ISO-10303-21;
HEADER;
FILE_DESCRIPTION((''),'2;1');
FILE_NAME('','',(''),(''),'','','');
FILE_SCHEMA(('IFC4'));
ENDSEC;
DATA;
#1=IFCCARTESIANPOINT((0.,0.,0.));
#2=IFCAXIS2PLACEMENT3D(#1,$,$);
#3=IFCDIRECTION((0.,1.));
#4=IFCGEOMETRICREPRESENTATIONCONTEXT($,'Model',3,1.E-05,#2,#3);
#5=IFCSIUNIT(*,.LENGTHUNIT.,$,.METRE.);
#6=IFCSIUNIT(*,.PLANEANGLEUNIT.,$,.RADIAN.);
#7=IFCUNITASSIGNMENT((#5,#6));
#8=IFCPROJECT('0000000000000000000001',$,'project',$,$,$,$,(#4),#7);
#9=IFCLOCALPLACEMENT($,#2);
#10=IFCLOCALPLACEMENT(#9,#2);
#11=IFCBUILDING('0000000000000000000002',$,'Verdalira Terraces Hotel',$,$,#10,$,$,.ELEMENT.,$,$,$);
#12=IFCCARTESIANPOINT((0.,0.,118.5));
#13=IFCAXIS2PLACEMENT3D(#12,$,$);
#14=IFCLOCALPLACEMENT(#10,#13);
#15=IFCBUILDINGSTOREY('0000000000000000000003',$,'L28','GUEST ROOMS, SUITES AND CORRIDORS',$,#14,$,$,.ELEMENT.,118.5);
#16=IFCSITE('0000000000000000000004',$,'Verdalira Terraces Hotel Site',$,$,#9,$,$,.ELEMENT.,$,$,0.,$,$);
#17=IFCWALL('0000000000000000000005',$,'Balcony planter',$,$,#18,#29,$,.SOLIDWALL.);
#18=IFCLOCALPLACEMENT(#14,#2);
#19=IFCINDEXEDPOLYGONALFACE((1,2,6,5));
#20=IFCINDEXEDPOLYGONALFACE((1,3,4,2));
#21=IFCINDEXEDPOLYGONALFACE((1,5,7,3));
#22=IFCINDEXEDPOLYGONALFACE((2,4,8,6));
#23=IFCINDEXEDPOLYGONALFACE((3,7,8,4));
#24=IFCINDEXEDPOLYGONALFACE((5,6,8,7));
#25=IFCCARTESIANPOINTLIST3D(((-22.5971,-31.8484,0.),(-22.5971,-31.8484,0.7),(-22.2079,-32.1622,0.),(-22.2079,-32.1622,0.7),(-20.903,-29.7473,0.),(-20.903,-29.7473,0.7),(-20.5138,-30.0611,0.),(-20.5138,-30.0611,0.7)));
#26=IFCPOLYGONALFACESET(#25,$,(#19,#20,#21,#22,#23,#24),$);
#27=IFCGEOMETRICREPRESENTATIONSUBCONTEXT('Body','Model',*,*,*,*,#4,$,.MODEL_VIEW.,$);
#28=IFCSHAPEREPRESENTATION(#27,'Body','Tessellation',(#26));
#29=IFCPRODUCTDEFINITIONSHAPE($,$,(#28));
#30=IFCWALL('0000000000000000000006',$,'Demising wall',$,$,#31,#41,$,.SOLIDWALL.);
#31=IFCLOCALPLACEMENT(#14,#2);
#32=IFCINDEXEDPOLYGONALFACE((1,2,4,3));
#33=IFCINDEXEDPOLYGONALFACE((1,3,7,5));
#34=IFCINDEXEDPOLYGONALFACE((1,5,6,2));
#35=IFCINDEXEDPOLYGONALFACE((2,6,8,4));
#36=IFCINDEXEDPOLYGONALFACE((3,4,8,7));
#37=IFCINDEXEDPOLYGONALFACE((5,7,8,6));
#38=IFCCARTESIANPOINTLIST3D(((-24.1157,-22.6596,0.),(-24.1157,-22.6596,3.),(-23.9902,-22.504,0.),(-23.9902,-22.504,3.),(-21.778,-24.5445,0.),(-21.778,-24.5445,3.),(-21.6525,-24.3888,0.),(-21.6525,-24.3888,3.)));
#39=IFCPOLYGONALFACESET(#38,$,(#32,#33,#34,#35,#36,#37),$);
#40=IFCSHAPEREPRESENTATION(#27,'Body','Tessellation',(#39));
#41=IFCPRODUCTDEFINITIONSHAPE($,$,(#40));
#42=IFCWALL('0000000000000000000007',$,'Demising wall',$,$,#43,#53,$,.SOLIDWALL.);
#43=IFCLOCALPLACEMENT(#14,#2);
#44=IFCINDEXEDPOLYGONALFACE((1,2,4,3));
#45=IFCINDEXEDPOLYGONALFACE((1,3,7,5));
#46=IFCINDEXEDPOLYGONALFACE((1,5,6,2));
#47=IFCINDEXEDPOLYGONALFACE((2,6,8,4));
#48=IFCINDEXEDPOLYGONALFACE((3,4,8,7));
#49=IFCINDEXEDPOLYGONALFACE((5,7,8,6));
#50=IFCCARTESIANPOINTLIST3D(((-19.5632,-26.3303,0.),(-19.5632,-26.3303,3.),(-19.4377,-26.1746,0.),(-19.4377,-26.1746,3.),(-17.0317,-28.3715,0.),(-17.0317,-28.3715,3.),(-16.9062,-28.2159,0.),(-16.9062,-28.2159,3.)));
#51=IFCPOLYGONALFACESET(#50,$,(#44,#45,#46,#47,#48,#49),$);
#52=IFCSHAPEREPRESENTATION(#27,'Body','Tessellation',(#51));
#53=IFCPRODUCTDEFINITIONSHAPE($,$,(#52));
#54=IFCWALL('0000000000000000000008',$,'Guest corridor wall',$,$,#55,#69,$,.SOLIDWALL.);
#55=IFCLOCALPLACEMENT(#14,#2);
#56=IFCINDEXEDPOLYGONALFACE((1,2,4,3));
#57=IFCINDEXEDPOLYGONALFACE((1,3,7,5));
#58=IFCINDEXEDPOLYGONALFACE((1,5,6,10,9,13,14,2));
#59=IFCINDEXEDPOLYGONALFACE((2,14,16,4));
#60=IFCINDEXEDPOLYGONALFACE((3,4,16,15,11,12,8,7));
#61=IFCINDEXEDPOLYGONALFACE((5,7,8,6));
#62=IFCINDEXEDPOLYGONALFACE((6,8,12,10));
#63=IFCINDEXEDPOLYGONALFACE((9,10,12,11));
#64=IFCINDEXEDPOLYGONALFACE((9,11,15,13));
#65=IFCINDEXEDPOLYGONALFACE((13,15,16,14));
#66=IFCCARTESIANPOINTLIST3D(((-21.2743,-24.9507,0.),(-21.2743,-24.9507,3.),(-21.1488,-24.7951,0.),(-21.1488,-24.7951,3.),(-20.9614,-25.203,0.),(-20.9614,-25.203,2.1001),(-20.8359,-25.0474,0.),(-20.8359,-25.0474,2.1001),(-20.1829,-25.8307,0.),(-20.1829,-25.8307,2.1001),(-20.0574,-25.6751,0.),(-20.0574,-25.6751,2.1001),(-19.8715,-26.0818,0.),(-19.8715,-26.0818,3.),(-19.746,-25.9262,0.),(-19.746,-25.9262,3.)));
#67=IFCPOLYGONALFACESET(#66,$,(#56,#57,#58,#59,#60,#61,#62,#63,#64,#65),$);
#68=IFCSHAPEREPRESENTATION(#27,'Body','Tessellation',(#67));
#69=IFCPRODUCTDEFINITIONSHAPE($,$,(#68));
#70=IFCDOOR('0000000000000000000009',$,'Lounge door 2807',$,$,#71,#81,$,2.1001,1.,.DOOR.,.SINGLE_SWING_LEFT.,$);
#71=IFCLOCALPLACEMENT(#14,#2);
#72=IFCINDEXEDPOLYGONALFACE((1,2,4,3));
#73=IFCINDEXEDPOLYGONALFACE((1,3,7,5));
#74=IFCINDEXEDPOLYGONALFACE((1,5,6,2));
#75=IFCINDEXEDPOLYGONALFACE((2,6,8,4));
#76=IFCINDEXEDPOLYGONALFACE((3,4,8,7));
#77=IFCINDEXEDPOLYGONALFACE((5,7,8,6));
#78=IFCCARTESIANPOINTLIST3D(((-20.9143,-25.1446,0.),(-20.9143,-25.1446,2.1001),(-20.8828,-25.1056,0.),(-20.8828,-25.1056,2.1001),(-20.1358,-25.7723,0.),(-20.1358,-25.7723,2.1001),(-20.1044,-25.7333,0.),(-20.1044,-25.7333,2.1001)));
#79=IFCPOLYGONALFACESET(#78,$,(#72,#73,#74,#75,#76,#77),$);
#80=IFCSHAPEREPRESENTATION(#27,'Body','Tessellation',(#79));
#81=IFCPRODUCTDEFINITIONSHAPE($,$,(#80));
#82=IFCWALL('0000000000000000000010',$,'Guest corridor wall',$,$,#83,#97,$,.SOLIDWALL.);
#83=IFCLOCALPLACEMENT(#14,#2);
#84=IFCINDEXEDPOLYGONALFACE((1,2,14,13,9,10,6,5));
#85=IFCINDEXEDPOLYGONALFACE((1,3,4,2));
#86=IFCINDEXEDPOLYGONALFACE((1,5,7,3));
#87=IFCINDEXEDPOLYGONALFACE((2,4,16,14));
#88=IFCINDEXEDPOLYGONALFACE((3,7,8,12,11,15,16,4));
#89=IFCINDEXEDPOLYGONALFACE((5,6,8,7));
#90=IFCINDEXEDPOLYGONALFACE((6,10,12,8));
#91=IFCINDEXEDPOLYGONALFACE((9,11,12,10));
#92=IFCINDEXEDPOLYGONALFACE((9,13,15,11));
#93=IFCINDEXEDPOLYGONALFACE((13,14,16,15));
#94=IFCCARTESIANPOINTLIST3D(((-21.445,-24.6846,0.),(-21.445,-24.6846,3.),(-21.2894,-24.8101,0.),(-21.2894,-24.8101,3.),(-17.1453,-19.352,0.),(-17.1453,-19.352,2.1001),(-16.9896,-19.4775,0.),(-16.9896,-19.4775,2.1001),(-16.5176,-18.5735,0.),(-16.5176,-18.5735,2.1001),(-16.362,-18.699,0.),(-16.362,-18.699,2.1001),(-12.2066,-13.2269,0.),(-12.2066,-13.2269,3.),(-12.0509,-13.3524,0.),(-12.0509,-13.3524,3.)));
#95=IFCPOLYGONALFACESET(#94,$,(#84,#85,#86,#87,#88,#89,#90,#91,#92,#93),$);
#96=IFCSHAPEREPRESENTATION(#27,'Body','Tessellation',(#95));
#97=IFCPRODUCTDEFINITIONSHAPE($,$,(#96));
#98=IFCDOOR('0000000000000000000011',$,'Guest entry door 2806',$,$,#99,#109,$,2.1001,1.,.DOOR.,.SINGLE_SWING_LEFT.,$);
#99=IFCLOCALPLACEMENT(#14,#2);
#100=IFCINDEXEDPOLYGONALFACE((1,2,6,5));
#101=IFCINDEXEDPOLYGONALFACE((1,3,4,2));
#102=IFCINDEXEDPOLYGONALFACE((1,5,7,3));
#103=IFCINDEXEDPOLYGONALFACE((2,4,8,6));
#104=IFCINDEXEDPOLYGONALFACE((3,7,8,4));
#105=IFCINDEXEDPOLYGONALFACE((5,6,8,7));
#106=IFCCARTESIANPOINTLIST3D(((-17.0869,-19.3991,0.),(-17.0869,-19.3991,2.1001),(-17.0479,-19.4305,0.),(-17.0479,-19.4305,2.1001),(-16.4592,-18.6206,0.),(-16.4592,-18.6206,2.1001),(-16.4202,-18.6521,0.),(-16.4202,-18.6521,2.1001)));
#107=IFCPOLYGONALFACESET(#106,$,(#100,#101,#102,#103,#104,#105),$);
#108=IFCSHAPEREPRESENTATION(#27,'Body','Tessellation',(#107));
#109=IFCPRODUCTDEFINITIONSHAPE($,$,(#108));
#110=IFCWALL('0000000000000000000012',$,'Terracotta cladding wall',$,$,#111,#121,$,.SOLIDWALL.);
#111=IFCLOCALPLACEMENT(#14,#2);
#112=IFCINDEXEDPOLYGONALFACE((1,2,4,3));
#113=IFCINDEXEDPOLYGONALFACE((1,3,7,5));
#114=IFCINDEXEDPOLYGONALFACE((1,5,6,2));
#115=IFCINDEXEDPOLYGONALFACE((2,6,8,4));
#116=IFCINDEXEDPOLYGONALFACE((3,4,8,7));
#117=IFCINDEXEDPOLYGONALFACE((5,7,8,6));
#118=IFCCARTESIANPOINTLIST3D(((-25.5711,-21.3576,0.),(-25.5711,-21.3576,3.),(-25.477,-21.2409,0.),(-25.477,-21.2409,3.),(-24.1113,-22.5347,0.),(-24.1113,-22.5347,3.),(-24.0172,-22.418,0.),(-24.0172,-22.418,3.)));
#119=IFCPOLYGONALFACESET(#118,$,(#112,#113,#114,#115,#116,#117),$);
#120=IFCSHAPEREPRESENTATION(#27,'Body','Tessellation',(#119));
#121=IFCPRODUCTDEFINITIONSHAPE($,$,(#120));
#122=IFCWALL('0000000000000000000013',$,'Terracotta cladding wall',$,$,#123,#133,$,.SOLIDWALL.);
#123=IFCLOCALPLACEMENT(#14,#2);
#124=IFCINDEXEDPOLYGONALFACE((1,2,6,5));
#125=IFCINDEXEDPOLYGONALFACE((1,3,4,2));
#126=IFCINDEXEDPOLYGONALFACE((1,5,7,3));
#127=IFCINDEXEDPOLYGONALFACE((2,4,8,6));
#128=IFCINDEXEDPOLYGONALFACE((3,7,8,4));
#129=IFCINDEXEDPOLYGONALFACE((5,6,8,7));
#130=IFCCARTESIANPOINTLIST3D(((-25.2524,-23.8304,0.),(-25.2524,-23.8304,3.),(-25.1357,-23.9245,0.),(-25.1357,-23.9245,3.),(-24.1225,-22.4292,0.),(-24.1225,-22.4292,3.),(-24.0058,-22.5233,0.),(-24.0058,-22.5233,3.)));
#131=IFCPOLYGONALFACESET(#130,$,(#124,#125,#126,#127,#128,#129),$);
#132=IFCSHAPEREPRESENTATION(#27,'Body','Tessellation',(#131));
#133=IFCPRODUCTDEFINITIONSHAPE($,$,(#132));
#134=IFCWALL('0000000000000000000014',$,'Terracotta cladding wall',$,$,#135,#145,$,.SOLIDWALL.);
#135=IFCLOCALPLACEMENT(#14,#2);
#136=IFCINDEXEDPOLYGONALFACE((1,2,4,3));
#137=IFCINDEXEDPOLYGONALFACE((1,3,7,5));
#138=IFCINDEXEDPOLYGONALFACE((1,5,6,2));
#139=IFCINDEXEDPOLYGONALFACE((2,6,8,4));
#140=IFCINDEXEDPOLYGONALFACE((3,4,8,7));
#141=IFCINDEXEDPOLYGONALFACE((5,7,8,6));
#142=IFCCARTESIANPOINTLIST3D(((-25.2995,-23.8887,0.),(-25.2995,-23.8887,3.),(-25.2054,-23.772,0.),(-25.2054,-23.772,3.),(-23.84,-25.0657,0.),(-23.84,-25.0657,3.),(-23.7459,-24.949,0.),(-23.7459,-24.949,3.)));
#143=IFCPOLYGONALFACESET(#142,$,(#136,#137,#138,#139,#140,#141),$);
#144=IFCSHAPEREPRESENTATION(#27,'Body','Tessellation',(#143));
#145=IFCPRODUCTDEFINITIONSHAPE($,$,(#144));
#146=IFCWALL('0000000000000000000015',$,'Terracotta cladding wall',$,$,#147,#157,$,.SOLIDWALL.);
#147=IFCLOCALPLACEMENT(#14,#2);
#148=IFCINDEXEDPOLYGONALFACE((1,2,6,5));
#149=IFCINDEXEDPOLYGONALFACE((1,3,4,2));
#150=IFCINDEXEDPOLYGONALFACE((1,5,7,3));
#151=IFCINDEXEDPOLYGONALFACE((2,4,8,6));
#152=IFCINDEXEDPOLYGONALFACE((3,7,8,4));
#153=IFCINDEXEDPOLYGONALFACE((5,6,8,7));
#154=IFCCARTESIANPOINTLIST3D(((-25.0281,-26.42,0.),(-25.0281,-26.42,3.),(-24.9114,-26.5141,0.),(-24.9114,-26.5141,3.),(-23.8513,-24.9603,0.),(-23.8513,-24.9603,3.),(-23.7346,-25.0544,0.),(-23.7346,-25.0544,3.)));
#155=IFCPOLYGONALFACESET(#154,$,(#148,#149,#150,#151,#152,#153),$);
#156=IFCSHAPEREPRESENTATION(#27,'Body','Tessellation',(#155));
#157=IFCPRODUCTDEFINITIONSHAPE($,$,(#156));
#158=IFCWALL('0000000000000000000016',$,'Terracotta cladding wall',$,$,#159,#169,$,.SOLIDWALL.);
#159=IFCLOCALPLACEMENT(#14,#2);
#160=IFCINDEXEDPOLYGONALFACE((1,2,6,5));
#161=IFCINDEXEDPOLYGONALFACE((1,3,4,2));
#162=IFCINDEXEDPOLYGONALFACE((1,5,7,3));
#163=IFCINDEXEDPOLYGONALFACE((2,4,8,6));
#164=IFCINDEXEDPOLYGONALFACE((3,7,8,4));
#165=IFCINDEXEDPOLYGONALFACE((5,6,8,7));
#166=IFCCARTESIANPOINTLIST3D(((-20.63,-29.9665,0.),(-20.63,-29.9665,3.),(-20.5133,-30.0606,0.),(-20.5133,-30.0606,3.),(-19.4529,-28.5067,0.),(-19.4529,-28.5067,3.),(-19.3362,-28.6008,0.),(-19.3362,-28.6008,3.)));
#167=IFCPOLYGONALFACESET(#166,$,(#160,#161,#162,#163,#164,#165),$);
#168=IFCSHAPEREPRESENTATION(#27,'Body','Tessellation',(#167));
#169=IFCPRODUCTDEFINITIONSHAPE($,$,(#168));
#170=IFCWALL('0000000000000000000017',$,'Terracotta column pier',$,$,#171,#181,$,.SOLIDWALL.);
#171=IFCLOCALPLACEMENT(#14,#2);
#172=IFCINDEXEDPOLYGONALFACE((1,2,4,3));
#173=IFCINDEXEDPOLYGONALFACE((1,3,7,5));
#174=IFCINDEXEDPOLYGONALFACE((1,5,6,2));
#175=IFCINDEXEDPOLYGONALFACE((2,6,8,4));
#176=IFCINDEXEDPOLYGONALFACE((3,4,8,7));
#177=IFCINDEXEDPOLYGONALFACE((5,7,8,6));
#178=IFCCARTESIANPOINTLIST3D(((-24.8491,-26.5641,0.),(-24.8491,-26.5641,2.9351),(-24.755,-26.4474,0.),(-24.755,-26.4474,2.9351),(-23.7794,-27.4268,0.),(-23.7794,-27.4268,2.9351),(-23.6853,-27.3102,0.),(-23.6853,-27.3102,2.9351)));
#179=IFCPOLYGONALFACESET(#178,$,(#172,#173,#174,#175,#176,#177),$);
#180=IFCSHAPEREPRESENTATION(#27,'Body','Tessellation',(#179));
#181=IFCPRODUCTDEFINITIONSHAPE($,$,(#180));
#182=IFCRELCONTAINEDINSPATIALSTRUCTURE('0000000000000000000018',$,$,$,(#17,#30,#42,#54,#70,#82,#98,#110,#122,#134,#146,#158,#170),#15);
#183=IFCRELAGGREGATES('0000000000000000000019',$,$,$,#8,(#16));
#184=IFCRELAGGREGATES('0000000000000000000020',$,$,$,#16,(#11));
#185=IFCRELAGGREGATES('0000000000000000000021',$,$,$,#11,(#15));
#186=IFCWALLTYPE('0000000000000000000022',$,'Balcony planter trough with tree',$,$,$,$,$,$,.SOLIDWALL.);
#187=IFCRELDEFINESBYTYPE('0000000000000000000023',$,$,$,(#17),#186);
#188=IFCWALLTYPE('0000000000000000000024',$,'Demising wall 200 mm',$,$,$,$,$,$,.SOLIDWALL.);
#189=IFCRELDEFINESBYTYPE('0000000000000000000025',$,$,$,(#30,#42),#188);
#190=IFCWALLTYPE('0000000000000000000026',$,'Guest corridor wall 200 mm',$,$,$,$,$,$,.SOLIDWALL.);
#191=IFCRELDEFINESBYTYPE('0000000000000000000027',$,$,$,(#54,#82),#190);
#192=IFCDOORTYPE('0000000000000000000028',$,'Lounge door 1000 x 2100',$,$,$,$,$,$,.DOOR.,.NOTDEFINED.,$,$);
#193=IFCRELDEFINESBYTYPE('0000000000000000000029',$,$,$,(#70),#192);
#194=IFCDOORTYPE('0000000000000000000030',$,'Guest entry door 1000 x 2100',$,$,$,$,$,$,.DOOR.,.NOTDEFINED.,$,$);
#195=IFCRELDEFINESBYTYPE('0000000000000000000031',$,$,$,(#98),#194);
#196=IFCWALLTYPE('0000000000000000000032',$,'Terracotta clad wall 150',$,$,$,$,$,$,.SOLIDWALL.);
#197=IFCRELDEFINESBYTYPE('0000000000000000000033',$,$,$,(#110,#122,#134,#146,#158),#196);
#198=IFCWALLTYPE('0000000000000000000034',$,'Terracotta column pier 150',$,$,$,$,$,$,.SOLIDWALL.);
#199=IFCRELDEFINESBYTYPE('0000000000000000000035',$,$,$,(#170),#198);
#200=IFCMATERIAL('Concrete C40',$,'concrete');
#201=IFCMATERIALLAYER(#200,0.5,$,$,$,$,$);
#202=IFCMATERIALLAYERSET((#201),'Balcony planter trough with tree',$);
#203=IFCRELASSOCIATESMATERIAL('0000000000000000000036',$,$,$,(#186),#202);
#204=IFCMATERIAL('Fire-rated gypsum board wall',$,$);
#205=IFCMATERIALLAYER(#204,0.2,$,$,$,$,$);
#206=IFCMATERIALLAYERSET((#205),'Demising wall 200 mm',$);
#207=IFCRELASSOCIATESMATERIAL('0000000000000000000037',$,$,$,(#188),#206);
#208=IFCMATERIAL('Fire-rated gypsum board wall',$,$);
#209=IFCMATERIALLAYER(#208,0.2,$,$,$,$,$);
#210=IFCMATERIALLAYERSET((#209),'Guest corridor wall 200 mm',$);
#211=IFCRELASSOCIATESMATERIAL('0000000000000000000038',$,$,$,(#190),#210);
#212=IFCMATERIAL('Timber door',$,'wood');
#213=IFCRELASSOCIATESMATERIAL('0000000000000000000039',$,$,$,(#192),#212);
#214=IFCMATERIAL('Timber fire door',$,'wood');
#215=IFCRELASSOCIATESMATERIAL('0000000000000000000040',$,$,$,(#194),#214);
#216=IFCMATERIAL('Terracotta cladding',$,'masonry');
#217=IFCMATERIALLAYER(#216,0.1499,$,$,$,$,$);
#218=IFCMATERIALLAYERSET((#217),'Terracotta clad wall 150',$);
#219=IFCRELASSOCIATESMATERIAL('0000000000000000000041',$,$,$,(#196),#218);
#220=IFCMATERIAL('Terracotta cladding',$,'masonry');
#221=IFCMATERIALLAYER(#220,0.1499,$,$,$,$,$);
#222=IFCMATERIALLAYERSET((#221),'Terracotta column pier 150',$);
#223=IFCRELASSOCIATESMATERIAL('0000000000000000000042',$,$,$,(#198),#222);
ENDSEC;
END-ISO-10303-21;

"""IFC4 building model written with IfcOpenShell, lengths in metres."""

from ifc_helpers import new_model, si_unit, direction, frame, frame_2d, origin, place, context, subcontext, project, spatial, rectangle, extrude, material, layer, layer_set, type_object, element, fill, save


model = new_model("IFC4")

# Units and contexts
model_context = context("Model", 3, precision=1e-05, world=origin(), true_north=direction((0.0, 1.0)))
body_context = subcontext(model_context, "Body", "Model", "MODEL_VIEW")
ifc_project = project(units=[si_unit("LENGTHUNIT", "METRE"), si_unit("PLANEANGLEUNIT", "RADIAN")], contexts=[model_context])

# Site, building, storey
site_placement = place(None, origin())
site = spatial("IfcSite", under=ifc_project, at=site_placement, Name="Verdalira Terraces Hotel Site", CompositionType="ELEMENT", RefElevation=0.0)
building_placement = place(site_placement, origin())
building = spatial("IfcBuilding", under=site, at=building_placement, Name="Verdalira Terraces Hotel", CompositionType="ELEMENT")
storey_placement = place(building_placement, frame((0.0, 0.0, 118.5)))
storey = spatial("IfcBuildingStorey", under=building, at=storey_placement, Name="L28", Description="GUEST ROOMS, SUITES AND CORRIDORS", CompositionType="ELEMENT", Elevation=118.5)

# Walls
ifc_material_1 = material(Name="Concrete C40", Category="concrete")
ifc_layer_1 = layer(ifc_material_1, 0.5)
ifc_layer_set_1 = layer_set([ifc_layer_1], Name="Balcony planter trough with tree")
wall_type_1 = type_object("IfcWallType", Name="Balcony planter trough with tree", PredefinedType="SOLIDWALL", material=ifc_layer_set_1)
wall_1_placement = place(storey_placement, frame((-22.4026, -32.0054, 0.0), z_axis=(0.0, 0.0, 1.0), x_axis=(0.62768, 0.778471, 0.0)))
element("IfcWall", 1, at=wall_1_placement, inside=storey, type_object=wall_type_1, Name="Balcony planter", PredefinedType="SOLIDWALL", context=body_context, shape_type="SweptSolid", body=[
    extrude(rectangle(XDim=2.699, YDim=0.5, at=frame_2d((1.3496, 0.0))), origin(), (0.0, 0.0, 1.0), 0.7),
])
ifc_material_2 = material(Name="Fire-rated gypsum board wall")
ifc_layer_2 = layer(ifc_material_2, 0.2)
ifc_layer_set_2 = layer_set([ifc_layer_2], Name="Demising wall 200 mm")
wall_type_2 = type_object("IfcWallType", Name="Demising wall 200 mm", PredefinedType="SOLIDWALL", material=ifc_layer_set_2)
wall_2_placement = place(storey_placement, frame((-24.053, -22.5818, 0.0), z_axis=(0.0, 0.0, 1.0), x_axis=(0.778484, -0.627665, 0.0)))
element("IfcWall", 2, at=wall_2_placement, inside=storey, type_object=wall_type_2, Name="Demising wall", PredefinedType="SOLIDWALL", context=body_context, shape_type="SweptSolid", body=[
    extrude(rectangle(XDim=3.0029, YDim=0.2, at=frame_2d((1.5015, 0.0))), origin(), (0.0, 0.0, 1.0), 3.0),
])
wall_3_placement = place(storey_placement, frame((-19.5005, -26.2524, 0.0), z_axis=(0.0, 0.0, 1.0), x_axis=(0.778453, -0.627703, 0.0)))
element("IfcWall", 3, at=wall_3_placement, inside=storey, type_object=wall_type_2, Name="Demising wall", PredefinedType="SOLIDWALL", context=body_context, shape_type="SweptSolid", body=[
    extrude(rectangle(XDim=3.252, YDim=0.2, at=frame_2d((1.626, 0.0))), origin(), (0.0, 0.0, 1.0), 3.0),
])

# Walls, openings, doors
ifc_material_3 = material(Name="Fire-rated gypsum board wall")
ifc_layer_3 = layer(ifc_material_3, 0.2)
ifc_layer_set_3 = layer_set([ifc_layer_3], Name="Guest corridor wall 200 mm")
wall_type_3 = type_object("IfcWallType", Name="Guest corridor wall 200 mm", PredefinedType="SOLIDWALL", material=ifc_layer_set_3)
wall_4_placement = place(storey_placement, frame((-19.8088, -26.0039, 0.0), z_axis=(0.0, 0.0, 1.0), x_axis=(-0.778471, 0.627681, 0.0)))
wall_4 = element("IfcWall", 4, at=wall_4_placement, inside=storey, type_object=wall_type_3, Name="Guest corridor wall", PredefinedType="SOLIDWALL", context=body_context, shape_type="SweptSolid", body=[
    extrude(rectangle(XDim=1.802, YDim=0.2, at=frame_2d((0.9009, 0.0))), origin(), (0.0, 0.0, 1.0), 3.0),
])
opening_1_placement = place(wall_4_placement, frame((0.3999, 0.0, 0.0)))
opening_1 = element("IfcOpeningElement", 5, at=opening_1_placement, cuts=wall_4, PredefinedType="OPENING", context=body_context, shape_type="SweptSolid", body=[
    extrude(rectangle(XDim=1.0, YDim=2.1001, at=frame_2d((0.5, 1.05))), frame((0.0, 0.1099, 0.0), z_axis=(0.0, -1.0, 0.0), x_axis=(1.0, 0.0, 0.0)), (0.0, 0.0, 1.0), 0.22),
])
ifc_material_4 = material(Name="Timber door", Category="wood")
door_type_1 = type_object("IfcDoorType", Name="Lounge door 1000 x 2100", OperationType="NOTDEFINED", PredefinedType="DOOR", material=ifc_material_4)
door_1_placement = place(opening_1_placement, origin())
door_1 = element("IfcDoor", 6, at=door_1_placement, inside=storey, type_object=door_type_1, Name="Lounge door 2807", OperationType="SINGLE_SWING_LEFT", OverallHeight=2.1001, OverallWidth=1.0, PredefinedType="DOOR", context=body_context, shape_type="SweptSolid", body=[
    extrude(rectangle(XDim=1.0, YDim=2.1001, at=frame_2d((0.5, 1.05))), frame((0.0, 0.0249, 0.0), z_axis=(0.0, -1.0, 0.0), x_axis=(1.0, 0.0, 0.0)), (0.0, 0.0, 1.0), 0.05),
])
fill(opening_1, door_1)
wall_5_placement = place(storey_placement, frame((-21.3672, -24.7473, 0.0), z_axis=(0.0, 0.0, 1.0), x_axis=(0.627686, 0.778466, 0.0)))
wall_5 = element("IfcWall", 7, at=wall_5_placement, inside=storey, type_object=wall_type_3, Name="Guest corridor wall", PredefinedType="SOLIDWALL", context=body_context, shape_type="SweptSolid", body=[
    extrude(rectangle(XDim=14.7183, YDim=0.2, at=frame_2d((7.3591, 0.0))), origin(), (0.0, 0.0, 1.0), 3.0),
])
opening_2_placement = place(wall_5_placement, frame((6.8501, 0.0, 0.0)))
opening_2 = element("IfcOpeningElement", 8, at=opening_2_placement, cuts=wall_5, PredefinedType="OPENING", context=body_context, shape_type="SweptSolid", body=[
    extrude(rectangle(XDim=1.0, YDim=2.1001, at=frame_2d((0.5, 1.05))), frame((0.0, 0.1099, 0.0), z_axis=(0.0, -1.0, 0.0), x_axis=(1.0, 0.0, 0.0)), (0.0, 0.0, 1.0), 0.22),
])
ifc_material_5 = material(Name="Timber fire door", Category="wood")
door_type_2 = type_object("IfcDoorType", Name="Guest entry door 1000 x 2100", OperationType="NOTDEFINED", PredefinedType="DOOR", material=ifc_material_5)
door_2_placement = place(opening_2_placement, origin())
door_2 = element("IfcDoor", 9, at=door_2_placement, inside=storey, type_object=door_type_2, Name="Guest entry door 2806", OperationType="SINGLE_SWING_LEFT", OverallHeight=2.1001, OverallWidth=1.0, PredefinedType="DOOR", context=body_context, shape_type="SweptSolid", body=[
    extrude(rectangle(XDim=1.0, YDim=2.1001, at=frame_2d((0.5, 1.05))), frame((0.0, 0.0249, 0.0), z_axis=(0.0, -1.0, 0.0), x_axis=(1.0, 0.0, 0.0)), (0.0, 0.0, 1.0), 0.05),
])
fill(opening_2, door_2)

# Walls
ifc_material_6 = material(Name="Terracotta cladding", Category="masonry")
ifc_layer_4 = layer(ifc_material_6, 0.1499)
ifc_layer_set_4 = layer_set([ifc_layer_4], Name="Terracotta clad wall 150")
wall_type_4 = type_object("IfcWallType", Name="Terracotta clad wall 150", PredefinedType="SOLIDWALL", material=ifc_layer_set_4)
wall_6_placement = place(storey_placement, frame((-25.5239, -21.2993, 0.0), z_axis=(0.0, 0.0, 1.0), x_axis=(0.778462, -0.627691, 0.0)))
element("IfcWall", 10, at=wall_6_placement, inside=storey, type_object=wall_type_4, Name="Terracotta cladding wall", PredefinedType="SOLIDWALL", context=body_context, shape_type="SweptSolid", body=[
    extrude(rectangle(XDim=1.8752, YDim=0.1499, at=frame_2d((0.9375, 0.0))), origin(), (0.0, 0.0, 1.0), 3.0),
])
wall_7_placement = place(storey_placement, frame((-24.0642, -22.4763, 0.0), z_axis=(0.0, 0.0, 1.0), x_axis=(-0.627734, -0.778428, 0.0)))
element("IfcWall", 11, at=wall_7_placement, inside=storey, type_object=wall_type_4, Name="Terracotta cladding wall", PredefinedType="SOLIDWALL", context=body_context, shape_type="SweptSolid", body=[
    extrude(rectangle(XDim=1.8, YDim=0.1499, at=frame_2d((0.8999, 0.0))), origin(), (0.0, 0.0, 1.0), 3.0),
])
for number, where, z_axis, x_axis, name in (
    (12, (-25.2524, -23.8303, 0.0), (0.0, 0.0, 1.0), (0.778411, -0.627755, 0.0), "Terracotta cladding wall"),
    (13, (-23.793, -25.0073, 0.0), (0.0, 0.0, 1.0), (-0.627612, -0.778526, 0.0), "Terracotta cladding wall"),
):
    element("IfcWall", number, at=place(storey_placement, frame(where, z_axis=z_axis, x_axis=x_axis)), inside=storey, type_object=wall_type_4, Name=name, PredefinedType="SOLIDWALL", context=body_context, shape_type="SweptSolid", body=[
        extrude(rectangle(XDim=1.875, YDim=0.1499, at=frame_2d((0.9375, 0.0))), origin(), (0.0, 0.0, 1.0), 3.0),
    ])
wall_8_placement = place(storey_placement, frame((-20.5715, -30.0134, 0.0), z_axis=(0.0, 0.0, 1.0), x_axis=(0.627691, 0.778462, 0.0)))
element("IfcWall", 14, at=wall_8_placement, inside=storey, type_object=wall_type_4, Name="Terracotta cladding wall", PredefinedType="SOLIDWALL", context=body_context, shape_type="SweptSolid", body=[
    extrude(rectangle(XDim=1.8752, YDim=0.1499, at=frame_2d((0.9375, 0.0))), origin(), (0.0, 0.0, 1.0), 3.0),
])
ifc_material_7 = material(Name="Terracotta cladding", Category="masonry")
ifc_layer_5 = layer(ifc_material_7, 0.1499)
ifc_layer_set_5 = layer_set([ifc_layer_5], Name="Terracotta column pier 150")
wall_type_5 = type_object("IfcWallType", Name="Terracotta column pier 150", PredefinedType="SOLIDWALL", material=ifc_layer_set_5)
wall_9_placement = place(storey_placement, frame((-24.802, -26.5059, 0.0), z_axis=(0.0, 0.0, 1.0), x_axis=(0.778402, -0.627766, 0.0)))
element("IfcWall", 15, at=wall_9_placement, inside=storey, type_object=wall_type_5, Name="Terracotta column pier", PredefinedType="SOLIDWALL", context=body_context, shape_type="SweptSolid", body=[
    extrude(rectangle(XDim=1.3743, YDim=0.1499, at=frame_2d((0.687, 0.0))), origin(), (0.0, 0.0, 1.0), 2.9351),
])

save(model, "model.ifc")
